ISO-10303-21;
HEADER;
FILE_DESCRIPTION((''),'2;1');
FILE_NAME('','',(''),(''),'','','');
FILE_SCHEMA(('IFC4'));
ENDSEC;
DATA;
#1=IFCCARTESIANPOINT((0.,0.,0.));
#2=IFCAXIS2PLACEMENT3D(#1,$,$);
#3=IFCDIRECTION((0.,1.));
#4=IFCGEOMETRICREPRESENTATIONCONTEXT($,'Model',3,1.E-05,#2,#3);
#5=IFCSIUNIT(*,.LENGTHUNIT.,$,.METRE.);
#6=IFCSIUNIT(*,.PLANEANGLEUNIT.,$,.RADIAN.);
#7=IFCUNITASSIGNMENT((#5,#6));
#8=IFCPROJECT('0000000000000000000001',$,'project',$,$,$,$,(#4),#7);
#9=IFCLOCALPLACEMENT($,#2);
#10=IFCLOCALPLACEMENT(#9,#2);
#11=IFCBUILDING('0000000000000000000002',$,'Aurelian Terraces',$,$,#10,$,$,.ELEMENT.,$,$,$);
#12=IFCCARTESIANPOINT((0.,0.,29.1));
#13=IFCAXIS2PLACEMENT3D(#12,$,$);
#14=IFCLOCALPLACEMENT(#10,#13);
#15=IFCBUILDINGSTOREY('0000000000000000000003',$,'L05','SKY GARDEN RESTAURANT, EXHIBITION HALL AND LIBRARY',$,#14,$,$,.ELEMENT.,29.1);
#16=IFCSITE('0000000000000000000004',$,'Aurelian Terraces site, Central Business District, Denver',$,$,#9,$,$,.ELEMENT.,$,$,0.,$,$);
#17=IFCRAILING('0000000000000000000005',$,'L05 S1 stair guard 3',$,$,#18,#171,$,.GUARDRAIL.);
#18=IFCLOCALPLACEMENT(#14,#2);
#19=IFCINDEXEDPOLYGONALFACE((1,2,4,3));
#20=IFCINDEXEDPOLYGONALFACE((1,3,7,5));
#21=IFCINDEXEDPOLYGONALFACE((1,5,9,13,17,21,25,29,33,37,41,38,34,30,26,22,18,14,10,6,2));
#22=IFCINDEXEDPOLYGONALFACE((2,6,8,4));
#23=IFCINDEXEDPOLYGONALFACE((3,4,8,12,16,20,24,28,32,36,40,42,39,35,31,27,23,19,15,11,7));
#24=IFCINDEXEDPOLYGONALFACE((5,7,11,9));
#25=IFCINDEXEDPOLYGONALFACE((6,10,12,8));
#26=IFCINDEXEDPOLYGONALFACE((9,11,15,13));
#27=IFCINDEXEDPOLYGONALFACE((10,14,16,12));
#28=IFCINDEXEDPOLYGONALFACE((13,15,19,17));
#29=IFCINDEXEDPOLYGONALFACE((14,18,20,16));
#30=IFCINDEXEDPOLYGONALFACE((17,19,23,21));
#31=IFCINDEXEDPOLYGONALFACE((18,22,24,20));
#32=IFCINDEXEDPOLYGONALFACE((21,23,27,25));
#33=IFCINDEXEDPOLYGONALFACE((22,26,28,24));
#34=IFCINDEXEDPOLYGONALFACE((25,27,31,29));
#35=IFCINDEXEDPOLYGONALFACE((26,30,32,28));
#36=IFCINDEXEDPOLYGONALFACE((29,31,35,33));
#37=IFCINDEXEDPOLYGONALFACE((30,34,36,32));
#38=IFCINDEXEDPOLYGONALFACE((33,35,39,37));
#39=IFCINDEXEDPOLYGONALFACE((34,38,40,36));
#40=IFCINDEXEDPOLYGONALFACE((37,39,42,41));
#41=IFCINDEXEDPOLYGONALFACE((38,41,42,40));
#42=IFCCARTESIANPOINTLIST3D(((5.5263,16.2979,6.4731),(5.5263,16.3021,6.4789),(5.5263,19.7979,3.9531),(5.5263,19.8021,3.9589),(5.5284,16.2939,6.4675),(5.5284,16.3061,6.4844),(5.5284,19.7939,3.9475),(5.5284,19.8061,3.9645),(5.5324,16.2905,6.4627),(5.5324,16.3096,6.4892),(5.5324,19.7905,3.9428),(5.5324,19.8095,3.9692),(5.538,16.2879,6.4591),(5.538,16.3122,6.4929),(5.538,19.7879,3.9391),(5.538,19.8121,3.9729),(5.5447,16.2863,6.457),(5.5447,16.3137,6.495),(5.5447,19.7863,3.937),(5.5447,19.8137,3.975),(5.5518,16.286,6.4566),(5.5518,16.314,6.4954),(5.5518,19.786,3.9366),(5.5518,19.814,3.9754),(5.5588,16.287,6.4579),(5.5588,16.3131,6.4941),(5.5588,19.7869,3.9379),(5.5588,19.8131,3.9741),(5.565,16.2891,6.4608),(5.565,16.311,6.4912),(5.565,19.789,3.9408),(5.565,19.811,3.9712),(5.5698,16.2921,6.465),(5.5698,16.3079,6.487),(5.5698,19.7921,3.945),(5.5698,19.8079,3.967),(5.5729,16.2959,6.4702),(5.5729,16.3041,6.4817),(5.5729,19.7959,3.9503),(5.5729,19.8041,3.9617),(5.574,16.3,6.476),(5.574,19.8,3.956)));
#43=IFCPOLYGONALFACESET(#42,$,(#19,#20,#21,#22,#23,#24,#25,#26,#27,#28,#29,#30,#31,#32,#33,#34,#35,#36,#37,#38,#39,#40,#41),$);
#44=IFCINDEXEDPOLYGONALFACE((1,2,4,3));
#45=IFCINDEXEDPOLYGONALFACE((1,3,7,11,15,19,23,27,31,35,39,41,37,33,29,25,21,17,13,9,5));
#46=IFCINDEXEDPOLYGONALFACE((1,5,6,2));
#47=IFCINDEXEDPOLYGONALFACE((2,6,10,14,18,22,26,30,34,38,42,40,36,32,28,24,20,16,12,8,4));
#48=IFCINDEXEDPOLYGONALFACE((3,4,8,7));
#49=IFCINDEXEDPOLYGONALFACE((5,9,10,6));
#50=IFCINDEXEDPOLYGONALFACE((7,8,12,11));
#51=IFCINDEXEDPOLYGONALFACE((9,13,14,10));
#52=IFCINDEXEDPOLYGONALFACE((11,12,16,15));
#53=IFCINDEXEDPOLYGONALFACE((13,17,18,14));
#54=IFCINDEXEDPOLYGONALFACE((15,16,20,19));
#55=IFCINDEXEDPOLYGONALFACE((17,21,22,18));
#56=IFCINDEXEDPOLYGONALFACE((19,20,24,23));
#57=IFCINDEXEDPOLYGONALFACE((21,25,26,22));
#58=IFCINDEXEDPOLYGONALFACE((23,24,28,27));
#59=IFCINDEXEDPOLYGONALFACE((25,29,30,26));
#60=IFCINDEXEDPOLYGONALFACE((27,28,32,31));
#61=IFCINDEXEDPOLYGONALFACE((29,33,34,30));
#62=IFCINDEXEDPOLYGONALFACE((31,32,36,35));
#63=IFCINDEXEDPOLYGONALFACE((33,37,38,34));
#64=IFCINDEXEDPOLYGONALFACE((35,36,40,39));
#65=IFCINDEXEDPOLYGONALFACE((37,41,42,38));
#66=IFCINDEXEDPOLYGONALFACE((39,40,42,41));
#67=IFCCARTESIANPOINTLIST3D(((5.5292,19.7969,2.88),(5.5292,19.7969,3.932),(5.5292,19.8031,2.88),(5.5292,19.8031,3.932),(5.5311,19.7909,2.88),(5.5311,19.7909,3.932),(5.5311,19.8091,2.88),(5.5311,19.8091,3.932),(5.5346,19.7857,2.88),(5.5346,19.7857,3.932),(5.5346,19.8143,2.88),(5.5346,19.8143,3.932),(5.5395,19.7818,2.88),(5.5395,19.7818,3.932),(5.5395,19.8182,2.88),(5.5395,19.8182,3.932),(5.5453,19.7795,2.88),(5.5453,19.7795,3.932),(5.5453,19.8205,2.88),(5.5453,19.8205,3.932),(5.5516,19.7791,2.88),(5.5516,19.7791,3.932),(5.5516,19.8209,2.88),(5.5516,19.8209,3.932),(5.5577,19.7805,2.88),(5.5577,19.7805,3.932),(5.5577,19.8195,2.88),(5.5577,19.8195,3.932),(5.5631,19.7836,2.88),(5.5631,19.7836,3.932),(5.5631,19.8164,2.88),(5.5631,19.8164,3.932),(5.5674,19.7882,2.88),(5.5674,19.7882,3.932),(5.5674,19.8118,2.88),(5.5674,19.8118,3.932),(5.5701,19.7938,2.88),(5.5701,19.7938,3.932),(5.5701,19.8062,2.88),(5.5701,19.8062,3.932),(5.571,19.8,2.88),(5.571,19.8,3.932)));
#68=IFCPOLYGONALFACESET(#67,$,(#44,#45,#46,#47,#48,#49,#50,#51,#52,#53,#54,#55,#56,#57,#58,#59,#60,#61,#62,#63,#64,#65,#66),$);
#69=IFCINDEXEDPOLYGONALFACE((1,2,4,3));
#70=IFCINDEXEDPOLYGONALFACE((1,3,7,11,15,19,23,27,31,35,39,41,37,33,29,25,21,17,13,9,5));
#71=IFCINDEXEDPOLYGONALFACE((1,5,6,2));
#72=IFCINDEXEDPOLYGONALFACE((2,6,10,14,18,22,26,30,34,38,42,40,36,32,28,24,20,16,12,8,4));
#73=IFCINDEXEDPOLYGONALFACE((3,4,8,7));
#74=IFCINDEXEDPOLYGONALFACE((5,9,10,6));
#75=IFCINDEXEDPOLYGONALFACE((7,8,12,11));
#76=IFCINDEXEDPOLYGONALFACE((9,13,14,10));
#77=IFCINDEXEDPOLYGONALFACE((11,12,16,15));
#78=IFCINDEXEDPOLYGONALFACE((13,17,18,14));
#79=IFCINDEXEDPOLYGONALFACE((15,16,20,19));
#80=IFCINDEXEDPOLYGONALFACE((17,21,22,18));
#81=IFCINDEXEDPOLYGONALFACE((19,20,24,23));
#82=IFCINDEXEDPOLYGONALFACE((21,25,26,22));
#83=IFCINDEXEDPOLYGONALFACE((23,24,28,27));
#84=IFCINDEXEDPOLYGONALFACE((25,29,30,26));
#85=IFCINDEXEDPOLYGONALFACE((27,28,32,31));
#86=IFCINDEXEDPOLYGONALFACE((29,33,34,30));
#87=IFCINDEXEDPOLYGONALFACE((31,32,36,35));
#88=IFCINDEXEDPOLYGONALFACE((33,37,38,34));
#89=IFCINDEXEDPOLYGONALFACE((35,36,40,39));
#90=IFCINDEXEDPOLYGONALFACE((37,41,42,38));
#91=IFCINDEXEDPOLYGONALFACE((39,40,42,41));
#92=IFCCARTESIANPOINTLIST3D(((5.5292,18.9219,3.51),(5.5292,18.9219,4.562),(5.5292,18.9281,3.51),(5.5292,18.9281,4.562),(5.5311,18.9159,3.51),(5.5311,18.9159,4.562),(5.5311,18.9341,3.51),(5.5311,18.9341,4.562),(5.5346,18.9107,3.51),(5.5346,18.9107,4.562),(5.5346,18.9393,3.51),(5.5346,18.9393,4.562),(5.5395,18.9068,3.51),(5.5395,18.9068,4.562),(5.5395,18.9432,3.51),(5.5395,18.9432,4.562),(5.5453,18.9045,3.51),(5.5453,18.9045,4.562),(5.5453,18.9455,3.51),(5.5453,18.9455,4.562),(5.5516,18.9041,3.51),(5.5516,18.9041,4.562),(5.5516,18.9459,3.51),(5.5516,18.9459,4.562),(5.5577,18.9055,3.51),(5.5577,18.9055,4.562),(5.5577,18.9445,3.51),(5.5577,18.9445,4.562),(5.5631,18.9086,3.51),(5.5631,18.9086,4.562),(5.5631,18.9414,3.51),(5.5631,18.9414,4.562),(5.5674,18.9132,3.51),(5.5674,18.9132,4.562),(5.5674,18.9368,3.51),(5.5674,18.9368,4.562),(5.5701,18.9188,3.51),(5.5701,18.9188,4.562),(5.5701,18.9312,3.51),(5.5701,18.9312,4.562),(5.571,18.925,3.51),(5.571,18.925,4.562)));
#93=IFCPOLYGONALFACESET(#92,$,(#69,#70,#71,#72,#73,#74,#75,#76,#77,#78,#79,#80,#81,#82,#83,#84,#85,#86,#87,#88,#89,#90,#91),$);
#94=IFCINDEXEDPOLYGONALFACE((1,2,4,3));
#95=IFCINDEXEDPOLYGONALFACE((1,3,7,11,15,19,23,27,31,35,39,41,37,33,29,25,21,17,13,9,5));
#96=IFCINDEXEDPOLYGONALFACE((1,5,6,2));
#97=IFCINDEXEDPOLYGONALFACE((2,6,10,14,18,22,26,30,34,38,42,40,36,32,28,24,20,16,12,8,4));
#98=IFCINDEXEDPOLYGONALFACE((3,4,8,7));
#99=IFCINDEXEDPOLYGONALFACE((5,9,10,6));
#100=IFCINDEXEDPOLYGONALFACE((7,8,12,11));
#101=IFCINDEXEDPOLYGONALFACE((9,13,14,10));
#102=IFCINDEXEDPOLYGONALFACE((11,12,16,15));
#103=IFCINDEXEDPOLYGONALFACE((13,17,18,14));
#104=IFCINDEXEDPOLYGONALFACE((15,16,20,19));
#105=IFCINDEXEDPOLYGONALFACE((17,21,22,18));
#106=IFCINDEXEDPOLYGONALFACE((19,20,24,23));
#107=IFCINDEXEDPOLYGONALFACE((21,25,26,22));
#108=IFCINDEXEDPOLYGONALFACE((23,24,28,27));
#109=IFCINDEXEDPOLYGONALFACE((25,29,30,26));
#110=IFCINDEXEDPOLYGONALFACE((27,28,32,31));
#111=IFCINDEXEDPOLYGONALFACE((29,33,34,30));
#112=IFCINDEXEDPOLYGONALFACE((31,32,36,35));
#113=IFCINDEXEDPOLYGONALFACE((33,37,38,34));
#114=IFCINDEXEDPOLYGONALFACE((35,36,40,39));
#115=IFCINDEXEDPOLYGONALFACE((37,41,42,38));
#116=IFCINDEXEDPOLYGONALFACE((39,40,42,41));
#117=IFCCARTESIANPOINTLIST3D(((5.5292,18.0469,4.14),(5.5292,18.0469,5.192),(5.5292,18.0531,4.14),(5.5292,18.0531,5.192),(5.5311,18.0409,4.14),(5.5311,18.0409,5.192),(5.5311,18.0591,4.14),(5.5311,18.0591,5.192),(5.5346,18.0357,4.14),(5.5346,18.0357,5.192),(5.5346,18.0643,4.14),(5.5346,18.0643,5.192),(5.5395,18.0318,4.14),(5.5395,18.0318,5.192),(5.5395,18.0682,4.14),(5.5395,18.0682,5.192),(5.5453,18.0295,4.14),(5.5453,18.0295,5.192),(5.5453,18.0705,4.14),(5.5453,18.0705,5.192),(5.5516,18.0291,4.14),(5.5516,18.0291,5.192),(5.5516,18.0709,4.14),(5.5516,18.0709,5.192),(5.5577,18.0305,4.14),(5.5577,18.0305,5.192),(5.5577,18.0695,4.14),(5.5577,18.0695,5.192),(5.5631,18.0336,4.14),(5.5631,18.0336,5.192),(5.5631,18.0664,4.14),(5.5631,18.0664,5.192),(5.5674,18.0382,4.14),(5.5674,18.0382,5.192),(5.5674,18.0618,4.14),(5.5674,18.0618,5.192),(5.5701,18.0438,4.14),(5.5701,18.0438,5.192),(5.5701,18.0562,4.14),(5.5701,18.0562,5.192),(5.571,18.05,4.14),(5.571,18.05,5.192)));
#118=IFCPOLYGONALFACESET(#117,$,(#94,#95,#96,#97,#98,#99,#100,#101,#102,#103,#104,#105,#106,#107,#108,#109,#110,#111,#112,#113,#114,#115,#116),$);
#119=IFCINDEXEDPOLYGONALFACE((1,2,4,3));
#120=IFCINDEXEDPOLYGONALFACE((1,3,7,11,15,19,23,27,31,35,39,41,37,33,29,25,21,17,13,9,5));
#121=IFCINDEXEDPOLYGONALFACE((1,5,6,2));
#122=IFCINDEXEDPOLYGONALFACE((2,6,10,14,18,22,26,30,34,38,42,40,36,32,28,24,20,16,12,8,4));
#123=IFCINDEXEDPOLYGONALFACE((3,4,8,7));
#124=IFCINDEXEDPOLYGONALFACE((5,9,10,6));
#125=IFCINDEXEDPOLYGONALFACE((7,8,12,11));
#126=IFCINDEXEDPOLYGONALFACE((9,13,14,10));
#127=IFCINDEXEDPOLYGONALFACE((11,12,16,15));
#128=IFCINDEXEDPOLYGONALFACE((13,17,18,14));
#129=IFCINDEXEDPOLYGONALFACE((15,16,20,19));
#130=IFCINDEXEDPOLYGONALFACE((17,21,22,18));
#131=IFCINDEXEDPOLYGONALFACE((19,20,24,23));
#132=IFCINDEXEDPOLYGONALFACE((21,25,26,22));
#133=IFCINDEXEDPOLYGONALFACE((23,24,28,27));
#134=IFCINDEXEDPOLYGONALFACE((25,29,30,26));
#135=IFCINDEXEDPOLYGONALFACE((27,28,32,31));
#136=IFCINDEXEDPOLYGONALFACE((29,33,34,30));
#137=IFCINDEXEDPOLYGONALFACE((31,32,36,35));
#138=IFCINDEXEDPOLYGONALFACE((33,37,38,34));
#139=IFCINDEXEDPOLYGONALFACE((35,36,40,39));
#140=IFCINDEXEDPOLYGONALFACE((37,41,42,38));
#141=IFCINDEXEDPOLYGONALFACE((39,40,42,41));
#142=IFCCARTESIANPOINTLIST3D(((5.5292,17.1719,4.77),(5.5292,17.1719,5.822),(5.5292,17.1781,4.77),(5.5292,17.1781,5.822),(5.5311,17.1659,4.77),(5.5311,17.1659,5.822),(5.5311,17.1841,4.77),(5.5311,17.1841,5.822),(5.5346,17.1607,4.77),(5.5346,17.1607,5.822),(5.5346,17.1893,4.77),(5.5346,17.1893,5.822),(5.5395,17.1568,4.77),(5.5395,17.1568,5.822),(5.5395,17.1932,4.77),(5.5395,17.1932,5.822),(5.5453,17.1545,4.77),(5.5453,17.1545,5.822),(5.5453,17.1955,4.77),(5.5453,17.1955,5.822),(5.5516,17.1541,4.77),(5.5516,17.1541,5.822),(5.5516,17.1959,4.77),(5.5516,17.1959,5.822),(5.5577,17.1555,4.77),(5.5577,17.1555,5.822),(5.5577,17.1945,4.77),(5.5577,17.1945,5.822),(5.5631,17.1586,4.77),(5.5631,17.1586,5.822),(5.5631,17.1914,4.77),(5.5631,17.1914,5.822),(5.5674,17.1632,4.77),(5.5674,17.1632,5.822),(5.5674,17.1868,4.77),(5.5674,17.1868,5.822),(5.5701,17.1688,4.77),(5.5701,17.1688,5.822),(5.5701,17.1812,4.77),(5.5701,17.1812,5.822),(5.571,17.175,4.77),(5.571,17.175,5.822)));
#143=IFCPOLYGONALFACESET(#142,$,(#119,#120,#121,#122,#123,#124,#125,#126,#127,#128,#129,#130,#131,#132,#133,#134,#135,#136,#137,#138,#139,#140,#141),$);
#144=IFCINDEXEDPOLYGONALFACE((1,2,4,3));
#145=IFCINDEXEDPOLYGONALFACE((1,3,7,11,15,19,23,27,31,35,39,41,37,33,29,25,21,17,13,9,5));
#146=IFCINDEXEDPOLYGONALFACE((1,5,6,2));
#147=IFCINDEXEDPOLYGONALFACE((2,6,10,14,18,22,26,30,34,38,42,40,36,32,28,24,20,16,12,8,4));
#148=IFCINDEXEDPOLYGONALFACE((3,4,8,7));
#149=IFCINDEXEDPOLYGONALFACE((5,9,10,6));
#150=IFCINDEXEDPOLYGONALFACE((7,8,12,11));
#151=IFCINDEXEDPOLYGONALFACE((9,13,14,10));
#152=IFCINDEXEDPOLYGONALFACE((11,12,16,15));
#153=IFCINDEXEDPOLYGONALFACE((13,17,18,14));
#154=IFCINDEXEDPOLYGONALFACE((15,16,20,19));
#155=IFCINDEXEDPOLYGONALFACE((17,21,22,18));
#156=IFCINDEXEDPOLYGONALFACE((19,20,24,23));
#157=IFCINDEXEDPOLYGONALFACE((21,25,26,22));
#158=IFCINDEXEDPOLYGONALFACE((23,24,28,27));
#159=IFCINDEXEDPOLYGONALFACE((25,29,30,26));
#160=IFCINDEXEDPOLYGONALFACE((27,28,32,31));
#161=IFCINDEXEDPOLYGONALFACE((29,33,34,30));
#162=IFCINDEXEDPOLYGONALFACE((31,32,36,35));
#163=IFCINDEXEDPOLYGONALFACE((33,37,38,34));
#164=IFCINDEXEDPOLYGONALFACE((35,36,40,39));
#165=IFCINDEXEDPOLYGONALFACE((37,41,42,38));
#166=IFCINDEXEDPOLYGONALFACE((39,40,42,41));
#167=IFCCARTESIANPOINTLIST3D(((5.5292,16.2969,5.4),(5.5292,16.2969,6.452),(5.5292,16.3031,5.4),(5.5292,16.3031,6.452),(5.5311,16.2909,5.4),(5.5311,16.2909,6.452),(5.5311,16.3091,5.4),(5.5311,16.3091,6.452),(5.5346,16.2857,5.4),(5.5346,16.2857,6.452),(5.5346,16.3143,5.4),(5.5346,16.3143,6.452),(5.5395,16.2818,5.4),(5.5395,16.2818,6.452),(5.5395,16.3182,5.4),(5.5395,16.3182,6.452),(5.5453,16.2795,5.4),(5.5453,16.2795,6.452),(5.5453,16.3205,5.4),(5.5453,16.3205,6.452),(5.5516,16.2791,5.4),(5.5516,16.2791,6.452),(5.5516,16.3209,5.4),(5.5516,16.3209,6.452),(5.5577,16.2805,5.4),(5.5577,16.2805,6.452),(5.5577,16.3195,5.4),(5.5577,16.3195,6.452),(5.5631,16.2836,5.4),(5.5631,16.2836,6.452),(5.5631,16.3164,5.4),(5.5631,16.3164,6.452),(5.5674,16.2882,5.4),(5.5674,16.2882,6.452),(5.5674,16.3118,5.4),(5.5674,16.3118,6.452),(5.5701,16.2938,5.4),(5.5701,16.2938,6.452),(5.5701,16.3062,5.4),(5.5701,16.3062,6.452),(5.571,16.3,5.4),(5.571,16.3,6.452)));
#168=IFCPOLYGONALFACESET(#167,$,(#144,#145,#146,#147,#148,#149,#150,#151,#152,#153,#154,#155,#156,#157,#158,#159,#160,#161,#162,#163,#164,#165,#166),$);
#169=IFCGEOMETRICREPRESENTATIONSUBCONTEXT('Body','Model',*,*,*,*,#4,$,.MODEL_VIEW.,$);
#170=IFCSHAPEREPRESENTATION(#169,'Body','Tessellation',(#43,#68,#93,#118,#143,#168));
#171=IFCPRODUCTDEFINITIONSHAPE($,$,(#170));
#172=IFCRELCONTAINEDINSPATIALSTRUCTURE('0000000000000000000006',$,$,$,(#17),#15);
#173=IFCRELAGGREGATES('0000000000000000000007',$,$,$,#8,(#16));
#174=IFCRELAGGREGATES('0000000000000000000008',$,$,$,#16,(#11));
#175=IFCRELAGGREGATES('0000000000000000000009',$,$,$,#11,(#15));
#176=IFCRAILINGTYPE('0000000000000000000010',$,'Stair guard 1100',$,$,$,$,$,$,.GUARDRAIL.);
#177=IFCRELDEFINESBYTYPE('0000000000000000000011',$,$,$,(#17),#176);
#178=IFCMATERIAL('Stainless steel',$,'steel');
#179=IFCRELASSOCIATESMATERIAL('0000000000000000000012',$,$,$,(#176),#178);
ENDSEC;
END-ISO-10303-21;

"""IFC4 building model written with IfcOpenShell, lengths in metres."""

from ifc_helpers import new_model, si_unit, direction, frame, origin, origin_2d, place, context, subcontext, project, spatial, circle, extrude, source, transform, mapped, material, type_object, element, save


model = new_model("IFC4")

# Units and contexts
model_context = context("Model", 3, precision=1e-05, world=origin(), true_north=direction((0.0, 1.0)))
body_context = subcontext(model_context, "Body", "Model", "MODEL_VIEW")
ifc_project = project(units=[si_unit("LENGTHUNIT", "METRE"), si_unit("PLANEANGLEUNIT", "RADIAN")], contexts=[model_context])

# Site, building, storey
site_placement = place(None, origin())
site = spatial("IfcSite", under=ifc_project, at=site_placement, Name="Aurelian Terraces site, Central Business District, Denver", CompositionType="ELEMENT", RefElevation=0.0)
building_placement = place(site_placement, origin())
building = spatial("IfcBuilding", under=site, at=building_placement, Name="Aurelian Terraces", CompositionType="ELEMENT")
storey_placement = place(building_placement, frame((0.0, 0.0, 29.1)))
storey = spatial("IfcBuildingStorey", under=building, at=storey_placement, Name="L05", Description="SKY GARDEN RESTAURANT, EXHIBITION HALL AND LIBRARY", CompositionType="ELEMENT", Elevation=29.1)

# Railing
ifc_material_1 = material(Name="Stainless steel", Category="steel")
railing_type = type_object("IfcRailingType", Name="Stair guard 1100", PredefinedType="GUARDRAIL", material=ifc_material_1)
shared_shape_1 = source(origin(), body_context, "Body", "SweptSolid", [
    extrude(circle(Radius=0.024, at=origin_2d()), frame((0.0, 0.0, 1.076), z_axis=(0.0, -0.811534, 0.584305), x_axis=(1.0, 0.0, 0.0)), (0.0, 0.0, 1.0), 4.3128),
    extrude(circle(Radius=0.021, at=origin_2d()), origin(), (0.0, 0.0, 1.0), 1.052),
    extrude(circle(Radius=0.021, at=origin_2d()), frame((0.0, -0.875, 0.63)), (0.0, 0.0, 1.0), 1.052),
    extrude(circle(Radius=0.021, at=origin_2d()), frame((0.0, -1.75, 1.26)), (0.0, 0.0, 1.0), 1.052),
    extrude(circle(Radius=0.021, at=origin_2d()), frame((0.0, -2.625, 1.89)), (0.0, 0.0, 1.0), 1.052),
    extrude(circle(Radius=0.021, at=origin_2d()), frame((0.0, -3.5, 2.52)), (0.0, 0.0, 1.0), 1.052),
])
railing_1_placement = place(storey_placement, frame((5.55, 19.8, 2.88)))
element("IfcRailing", 1, at=railing_1_placement, inside=storey, type_object=railing_type, Name="L05 S1 stair guard 3", PredefinedType="GUARDRAIL", context=body_context, shape_type="MappedRepresentation", body=[
    mapped(shared_shape_1, transform((0.0, 0.0, 0.0), scale=1.0)),
])

save(model, "model.ifc")
